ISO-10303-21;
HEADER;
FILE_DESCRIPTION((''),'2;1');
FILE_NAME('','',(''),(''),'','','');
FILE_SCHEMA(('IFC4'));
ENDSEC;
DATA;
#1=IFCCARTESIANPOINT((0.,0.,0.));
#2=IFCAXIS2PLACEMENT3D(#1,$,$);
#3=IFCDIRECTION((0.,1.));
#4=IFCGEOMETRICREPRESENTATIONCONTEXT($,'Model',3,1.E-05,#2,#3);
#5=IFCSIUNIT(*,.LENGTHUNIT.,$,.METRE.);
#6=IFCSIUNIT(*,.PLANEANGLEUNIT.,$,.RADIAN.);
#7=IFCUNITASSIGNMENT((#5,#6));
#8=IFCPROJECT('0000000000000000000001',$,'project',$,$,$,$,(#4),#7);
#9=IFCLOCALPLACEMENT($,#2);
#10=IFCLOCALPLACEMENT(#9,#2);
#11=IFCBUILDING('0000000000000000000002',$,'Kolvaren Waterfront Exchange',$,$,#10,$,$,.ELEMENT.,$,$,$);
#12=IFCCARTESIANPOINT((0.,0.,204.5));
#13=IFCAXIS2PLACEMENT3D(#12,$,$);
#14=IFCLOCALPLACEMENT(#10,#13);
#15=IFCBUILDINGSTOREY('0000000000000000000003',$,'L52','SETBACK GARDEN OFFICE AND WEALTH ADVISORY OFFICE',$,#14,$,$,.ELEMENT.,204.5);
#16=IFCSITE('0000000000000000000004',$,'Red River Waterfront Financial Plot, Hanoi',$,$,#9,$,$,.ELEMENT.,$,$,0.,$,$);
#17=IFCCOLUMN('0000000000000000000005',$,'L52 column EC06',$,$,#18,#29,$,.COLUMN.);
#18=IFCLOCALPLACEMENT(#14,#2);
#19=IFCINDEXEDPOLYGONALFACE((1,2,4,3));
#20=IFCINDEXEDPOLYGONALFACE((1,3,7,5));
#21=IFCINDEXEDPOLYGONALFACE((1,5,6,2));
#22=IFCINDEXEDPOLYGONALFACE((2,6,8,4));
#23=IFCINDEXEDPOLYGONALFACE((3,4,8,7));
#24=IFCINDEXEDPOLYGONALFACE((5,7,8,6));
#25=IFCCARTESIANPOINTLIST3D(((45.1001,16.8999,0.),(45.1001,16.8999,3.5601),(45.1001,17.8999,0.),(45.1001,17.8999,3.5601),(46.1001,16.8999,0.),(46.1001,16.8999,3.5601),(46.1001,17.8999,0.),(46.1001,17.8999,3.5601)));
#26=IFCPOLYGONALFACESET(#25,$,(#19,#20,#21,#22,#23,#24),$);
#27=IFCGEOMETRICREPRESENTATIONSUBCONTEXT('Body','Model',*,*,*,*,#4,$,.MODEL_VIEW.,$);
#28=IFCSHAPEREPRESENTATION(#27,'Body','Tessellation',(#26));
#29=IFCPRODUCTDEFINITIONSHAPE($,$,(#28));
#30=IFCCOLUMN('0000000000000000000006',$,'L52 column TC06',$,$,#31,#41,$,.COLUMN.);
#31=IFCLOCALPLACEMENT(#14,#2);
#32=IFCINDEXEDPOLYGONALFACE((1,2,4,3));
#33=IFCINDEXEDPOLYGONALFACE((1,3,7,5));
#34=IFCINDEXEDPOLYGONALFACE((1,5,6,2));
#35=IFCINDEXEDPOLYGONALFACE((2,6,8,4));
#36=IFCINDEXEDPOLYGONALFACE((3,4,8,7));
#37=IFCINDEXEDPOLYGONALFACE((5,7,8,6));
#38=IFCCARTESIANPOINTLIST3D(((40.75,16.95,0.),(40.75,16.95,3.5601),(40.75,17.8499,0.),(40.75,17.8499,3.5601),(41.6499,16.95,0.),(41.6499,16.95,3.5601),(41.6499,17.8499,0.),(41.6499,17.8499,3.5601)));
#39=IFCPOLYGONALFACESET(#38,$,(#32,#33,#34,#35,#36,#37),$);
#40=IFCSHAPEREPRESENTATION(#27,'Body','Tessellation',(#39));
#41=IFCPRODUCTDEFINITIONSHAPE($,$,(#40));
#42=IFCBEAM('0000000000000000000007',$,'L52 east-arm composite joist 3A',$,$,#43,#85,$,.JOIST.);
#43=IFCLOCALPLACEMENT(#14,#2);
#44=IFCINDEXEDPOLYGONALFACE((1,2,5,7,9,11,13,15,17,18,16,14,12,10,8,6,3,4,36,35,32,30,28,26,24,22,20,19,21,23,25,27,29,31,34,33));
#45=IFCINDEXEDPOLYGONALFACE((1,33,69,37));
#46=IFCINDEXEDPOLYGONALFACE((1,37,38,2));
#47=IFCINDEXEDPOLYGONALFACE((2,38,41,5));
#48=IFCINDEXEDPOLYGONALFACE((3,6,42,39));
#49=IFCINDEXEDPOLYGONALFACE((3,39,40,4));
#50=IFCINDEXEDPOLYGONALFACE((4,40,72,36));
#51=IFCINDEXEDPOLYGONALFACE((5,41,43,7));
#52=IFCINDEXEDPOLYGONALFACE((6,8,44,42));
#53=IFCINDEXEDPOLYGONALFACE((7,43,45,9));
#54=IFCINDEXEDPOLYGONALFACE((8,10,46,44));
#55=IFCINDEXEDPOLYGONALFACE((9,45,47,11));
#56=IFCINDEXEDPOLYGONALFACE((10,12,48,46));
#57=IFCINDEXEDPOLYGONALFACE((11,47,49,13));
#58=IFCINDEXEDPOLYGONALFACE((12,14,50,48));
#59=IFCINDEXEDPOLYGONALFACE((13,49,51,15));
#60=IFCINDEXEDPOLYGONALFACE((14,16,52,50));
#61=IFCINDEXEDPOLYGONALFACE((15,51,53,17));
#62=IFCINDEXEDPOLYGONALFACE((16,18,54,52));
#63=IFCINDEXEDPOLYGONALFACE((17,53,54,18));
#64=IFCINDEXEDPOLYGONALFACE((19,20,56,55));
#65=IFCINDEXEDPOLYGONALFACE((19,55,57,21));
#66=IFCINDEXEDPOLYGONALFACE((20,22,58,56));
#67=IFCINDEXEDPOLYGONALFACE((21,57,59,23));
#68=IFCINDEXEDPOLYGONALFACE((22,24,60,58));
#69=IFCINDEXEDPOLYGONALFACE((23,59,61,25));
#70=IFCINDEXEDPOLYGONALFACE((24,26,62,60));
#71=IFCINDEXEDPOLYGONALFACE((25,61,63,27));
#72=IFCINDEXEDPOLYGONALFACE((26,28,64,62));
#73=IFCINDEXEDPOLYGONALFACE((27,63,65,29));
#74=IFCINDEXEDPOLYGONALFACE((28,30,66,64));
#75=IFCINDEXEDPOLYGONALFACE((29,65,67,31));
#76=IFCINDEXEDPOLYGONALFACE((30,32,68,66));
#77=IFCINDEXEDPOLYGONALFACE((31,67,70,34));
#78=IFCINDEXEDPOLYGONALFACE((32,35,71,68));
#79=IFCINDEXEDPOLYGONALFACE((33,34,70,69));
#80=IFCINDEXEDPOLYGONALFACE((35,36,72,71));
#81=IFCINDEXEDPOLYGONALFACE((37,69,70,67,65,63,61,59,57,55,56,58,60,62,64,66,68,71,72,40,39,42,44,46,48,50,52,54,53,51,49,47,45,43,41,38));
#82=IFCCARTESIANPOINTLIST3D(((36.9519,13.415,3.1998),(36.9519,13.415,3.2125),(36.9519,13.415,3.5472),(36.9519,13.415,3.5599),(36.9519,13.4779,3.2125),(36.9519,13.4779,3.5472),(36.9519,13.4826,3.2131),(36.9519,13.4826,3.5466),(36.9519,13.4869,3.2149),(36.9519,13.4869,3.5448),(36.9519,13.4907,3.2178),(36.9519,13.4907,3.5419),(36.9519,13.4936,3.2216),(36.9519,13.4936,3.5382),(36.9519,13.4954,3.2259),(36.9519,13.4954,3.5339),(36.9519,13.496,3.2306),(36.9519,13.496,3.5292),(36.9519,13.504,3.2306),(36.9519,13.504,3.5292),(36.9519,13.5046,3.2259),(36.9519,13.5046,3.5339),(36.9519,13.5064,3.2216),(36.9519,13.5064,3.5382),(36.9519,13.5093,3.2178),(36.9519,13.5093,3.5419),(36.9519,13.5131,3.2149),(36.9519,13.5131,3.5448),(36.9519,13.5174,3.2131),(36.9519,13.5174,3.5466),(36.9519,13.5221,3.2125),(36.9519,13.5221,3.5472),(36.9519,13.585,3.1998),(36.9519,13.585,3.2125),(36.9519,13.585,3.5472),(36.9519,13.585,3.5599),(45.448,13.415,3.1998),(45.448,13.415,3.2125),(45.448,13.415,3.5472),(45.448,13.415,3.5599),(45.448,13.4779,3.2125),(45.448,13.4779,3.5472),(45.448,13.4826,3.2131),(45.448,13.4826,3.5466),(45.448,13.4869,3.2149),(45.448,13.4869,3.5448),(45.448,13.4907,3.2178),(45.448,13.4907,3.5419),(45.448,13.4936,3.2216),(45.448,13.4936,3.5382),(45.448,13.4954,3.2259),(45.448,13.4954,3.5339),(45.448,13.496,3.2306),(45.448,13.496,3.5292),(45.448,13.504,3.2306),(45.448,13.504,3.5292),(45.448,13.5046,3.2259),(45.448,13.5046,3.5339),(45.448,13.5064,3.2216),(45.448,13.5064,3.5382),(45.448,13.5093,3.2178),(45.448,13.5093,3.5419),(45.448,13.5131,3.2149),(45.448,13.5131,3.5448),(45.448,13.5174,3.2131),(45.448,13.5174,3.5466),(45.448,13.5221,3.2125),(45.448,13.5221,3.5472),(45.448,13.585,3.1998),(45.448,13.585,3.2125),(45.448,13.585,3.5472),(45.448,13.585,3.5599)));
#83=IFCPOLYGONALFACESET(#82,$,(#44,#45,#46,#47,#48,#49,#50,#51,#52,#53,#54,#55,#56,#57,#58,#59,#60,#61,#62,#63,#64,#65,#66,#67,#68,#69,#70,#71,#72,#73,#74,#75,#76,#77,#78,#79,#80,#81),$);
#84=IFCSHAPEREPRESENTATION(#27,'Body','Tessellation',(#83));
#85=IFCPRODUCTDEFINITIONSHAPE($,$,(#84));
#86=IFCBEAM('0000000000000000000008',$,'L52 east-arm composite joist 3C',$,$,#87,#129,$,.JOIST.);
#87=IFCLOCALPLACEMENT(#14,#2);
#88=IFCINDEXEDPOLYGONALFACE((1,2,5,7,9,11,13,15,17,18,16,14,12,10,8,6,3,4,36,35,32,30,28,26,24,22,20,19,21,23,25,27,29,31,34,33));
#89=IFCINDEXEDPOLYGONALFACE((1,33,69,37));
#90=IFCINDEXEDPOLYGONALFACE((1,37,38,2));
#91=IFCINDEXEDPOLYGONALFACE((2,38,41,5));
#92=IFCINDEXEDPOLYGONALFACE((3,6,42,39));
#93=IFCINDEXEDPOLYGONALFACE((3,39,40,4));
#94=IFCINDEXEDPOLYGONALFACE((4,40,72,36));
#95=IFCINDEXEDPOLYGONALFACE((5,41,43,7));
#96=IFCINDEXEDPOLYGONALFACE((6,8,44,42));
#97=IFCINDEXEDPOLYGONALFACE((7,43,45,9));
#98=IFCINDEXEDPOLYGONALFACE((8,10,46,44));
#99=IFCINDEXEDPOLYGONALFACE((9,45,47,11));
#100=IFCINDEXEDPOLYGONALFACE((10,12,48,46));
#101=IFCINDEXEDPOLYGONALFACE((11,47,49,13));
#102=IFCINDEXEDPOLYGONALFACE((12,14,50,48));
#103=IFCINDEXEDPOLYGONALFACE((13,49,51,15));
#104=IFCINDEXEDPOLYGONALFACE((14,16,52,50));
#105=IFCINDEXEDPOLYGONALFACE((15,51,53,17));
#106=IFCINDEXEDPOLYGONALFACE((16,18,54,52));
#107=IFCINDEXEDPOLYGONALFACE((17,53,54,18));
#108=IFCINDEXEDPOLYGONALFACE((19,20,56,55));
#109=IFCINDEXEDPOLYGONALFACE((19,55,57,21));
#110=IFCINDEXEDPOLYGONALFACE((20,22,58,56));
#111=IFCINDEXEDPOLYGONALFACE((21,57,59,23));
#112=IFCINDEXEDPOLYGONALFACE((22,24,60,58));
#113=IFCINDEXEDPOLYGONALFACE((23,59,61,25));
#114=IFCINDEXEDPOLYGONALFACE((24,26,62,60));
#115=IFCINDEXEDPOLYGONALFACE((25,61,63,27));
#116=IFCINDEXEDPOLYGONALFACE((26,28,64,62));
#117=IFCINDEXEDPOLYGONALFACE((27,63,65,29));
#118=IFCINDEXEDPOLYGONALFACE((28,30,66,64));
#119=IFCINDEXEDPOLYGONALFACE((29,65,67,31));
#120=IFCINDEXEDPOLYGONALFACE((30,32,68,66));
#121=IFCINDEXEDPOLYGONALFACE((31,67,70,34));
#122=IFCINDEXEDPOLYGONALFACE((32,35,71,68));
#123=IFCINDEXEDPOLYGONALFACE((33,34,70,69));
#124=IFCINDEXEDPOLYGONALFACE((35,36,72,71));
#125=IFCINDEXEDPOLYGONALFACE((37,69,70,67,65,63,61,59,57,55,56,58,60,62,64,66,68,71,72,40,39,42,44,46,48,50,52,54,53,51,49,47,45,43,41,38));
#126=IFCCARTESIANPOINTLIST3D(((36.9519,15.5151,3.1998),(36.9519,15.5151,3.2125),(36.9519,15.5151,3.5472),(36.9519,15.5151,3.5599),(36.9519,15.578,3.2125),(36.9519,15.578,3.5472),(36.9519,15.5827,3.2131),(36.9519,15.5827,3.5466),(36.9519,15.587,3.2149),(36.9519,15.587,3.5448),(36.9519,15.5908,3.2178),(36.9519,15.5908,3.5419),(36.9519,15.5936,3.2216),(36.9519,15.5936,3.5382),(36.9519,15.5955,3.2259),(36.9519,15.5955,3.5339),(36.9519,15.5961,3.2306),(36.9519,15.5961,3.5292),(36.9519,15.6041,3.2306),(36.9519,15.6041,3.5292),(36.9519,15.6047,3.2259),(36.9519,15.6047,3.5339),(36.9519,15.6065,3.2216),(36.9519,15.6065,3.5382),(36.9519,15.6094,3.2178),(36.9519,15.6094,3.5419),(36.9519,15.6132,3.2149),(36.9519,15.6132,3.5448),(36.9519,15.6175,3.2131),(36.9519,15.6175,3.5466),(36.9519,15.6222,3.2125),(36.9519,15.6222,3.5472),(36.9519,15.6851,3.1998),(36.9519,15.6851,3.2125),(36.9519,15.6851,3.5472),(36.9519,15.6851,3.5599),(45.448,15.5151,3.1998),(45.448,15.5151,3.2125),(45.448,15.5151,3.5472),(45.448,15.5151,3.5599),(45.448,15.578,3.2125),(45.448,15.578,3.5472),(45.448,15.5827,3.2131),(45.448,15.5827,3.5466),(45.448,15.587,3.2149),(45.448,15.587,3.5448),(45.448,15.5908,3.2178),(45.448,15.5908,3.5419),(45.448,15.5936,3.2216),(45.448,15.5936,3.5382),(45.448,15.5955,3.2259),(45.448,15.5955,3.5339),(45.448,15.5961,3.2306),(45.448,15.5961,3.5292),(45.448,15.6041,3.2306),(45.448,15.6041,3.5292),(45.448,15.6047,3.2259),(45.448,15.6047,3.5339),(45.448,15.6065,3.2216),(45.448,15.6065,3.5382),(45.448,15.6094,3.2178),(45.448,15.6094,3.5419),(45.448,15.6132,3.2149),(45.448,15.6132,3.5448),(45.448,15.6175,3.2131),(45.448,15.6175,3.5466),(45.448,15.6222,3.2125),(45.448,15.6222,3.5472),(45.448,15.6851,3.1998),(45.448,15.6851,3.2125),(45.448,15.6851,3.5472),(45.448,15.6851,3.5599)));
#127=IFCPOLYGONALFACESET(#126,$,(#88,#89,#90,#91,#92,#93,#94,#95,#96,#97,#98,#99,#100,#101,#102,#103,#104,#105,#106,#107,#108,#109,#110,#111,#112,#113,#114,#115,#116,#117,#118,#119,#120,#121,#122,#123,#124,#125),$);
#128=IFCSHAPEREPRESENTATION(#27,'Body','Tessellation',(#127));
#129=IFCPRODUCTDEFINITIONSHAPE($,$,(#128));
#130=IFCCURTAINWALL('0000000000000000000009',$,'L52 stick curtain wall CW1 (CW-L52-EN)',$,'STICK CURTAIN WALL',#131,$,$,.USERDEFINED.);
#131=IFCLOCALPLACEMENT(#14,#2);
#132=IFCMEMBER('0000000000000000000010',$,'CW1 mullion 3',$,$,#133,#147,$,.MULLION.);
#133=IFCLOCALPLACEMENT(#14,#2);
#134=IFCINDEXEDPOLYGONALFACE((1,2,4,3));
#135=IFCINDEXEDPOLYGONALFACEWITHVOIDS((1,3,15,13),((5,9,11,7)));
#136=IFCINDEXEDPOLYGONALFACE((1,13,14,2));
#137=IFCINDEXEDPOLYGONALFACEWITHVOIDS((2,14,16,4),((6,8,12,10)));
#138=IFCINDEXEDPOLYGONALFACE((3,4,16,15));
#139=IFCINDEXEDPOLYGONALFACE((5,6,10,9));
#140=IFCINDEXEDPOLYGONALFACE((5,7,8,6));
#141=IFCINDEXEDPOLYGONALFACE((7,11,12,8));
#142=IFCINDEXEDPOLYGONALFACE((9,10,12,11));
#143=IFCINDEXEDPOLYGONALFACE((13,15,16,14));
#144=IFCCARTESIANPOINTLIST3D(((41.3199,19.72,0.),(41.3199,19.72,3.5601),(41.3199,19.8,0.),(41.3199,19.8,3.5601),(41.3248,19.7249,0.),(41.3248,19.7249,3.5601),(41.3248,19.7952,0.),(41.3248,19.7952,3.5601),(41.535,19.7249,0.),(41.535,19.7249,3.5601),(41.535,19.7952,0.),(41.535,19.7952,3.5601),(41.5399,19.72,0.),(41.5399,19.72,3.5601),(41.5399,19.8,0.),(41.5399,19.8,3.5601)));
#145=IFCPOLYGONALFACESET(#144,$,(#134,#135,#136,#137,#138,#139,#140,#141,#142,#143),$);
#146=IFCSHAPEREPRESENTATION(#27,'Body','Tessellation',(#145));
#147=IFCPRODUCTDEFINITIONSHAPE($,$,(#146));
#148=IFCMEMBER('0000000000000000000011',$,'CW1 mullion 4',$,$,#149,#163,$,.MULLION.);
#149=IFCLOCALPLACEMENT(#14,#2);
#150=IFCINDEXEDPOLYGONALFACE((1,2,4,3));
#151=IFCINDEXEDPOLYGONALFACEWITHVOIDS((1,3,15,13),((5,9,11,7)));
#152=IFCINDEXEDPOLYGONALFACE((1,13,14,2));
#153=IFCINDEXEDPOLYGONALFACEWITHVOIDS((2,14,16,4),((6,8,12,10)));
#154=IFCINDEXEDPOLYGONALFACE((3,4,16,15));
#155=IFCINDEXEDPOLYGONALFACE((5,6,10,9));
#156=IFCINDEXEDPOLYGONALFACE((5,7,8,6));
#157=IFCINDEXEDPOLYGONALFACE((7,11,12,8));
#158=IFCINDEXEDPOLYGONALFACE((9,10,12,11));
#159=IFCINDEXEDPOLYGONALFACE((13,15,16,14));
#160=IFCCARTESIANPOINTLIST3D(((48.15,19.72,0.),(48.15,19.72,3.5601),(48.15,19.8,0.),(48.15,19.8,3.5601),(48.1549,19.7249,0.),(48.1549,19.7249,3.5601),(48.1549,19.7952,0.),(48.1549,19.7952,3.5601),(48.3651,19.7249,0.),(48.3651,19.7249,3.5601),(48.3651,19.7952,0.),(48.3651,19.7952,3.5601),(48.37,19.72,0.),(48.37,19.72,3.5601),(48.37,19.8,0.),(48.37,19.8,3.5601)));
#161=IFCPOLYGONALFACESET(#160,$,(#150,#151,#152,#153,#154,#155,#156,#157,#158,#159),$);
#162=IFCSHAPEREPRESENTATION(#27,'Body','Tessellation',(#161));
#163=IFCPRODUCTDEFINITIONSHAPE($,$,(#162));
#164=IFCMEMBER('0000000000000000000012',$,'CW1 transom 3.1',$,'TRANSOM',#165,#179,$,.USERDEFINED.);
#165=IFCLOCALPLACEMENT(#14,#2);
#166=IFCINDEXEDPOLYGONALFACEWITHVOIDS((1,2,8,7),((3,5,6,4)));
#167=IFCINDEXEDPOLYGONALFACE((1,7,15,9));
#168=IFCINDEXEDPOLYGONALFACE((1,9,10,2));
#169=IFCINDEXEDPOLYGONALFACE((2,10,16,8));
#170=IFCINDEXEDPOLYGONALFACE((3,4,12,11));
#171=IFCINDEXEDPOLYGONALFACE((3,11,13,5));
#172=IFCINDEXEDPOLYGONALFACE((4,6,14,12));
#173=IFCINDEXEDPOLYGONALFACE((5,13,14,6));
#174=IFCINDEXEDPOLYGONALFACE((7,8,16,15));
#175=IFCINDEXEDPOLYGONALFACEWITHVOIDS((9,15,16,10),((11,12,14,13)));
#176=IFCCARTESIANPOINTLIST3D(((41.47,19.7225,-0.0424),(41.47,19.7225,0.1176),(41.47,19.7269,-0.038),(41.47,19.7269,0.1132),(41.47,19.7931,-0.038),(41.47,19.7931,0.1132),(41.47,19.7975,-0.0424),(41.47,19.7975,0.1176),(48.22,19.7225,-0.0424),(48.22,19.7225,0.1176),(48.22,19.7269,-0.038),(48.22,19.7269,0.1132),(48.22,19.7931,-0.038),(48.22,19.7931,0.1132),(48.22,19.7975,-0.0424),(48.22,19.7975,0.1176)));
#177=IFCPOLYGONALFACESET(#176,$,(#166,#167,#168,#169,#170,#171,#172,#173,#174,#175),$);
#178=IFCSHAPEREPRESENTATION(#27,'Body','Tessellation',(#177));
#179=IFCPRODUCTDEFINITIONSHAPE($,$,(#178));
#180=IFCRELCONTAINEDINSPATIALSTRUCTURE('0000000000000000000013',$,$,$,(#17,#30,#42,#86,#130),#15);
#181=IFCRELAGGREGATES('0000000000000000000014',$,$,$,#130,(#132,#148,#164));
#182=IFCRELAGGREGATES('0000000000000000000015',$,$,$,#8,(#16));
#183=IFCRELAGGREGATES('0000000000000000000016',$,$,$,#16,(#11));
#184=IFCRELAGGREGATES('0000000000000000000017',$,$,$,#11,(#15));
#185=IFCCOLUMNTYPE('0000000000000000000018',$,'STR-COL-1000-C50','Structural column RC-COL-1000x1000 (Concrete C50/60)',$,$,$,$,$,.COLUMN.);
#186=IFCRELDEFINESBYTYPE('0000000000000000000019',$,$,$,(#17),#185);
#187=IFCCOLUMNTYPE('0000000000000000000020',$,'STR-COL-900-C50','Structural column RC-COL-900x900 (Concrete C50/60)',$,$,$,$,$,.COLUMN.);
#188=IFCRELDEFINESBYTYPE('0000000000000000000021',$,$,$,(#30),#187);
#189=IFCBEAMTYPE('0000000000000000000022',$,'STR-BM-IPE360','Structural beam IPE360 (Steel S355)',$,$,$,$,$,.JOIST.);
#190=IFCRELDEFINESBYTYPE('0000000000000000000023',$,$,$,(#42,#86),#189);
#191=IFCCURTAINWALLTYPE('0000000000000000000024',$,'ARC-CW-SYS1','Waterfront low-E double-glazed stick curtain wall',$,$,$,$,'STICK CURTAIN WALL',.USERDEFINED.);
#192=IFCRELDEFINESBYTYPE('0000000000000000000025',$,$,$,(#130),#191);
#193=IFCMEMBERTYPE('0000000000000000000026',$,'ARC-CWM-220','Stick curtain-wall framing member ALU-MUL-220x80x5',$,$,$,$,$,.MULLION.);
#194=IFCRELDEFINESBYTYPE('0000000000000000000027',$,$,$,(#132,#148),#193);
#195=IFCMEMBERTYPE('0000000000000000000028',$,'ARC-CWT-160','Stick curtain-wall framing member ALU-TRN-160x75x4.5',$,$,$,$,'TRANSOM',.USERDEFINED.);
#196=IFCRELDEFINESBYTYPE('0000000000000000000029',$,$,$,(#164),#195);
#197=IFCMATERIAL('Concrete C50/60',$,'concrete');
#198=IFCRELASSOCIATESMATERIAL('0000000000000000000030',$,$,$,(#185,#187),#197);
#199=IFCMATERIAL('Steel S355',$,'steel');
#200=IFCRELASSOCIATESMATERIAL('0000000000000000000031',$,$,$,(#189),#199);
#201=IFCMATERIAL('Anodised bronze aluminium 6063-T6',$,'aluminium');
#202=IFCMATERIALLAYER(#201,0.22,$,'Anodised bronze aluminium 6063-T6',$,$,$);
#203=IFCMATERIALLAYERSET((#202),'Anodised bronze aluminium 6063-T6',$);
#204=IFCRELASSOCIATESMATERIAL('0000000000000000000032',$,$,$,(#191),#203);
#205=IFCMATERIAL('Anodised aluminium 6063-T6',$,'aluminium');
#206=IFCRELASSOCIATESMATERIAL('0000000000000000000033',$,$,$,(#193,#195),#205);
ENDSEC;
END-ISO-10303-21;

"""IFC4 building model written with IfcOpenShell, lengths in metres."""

from ifc_helpers import new_model, si_unit, direction, frame, origin, origin_with_axes, origin_2d, place, context, subcontext, project, spatial, rectangle, hollow_rectangle, i_section, extrude, source, transform, mapped, material, layer, layer_set, material_profile, profile_set, type_object, element, aggregate, save


model = new_model("IFC4")

# Units and contexts
model_context = context("Model", 3, precision=1e-05, world=origin(), true_north=direction((0.0, 1.0)))
body_context = subcontext(model_context, "Body", "Model", "MODEL_VIEW")
ifc_project = project(units=[si_unit("LENGTHUNIT", "METRE"), si_unit("PLANEANGLEUNIT", "RADIAN")], contexts=[model_context])

# Site, building, storey
site_placement = place(None, origin())
site = spatial("IfcSite", under=ifc_project, at=site_placement, Name="Red River Waterfront Financial Plot, Hanoi", CompositionType="ELEMENT", RefElevation=0.0)
building_placement = place(site_placement, origin())
building = spatial("IfcBuilding", under=site, at=building_placement, Name="Kolvaren Waterfront Exchange", CompositionType="ELEMENT")
storey_placement = place(building_placement, frame((0.0, 0.0, 204.5)))
storey = spatial("IfcBuildingStorey", under=building, at=storey_placement, Name="L52", Description="SETBACK GARDEN OFFICE AND WEALTH ADVISORY OFFICE", CompositionType="ELEMENT", Elevation=204.5)

# Columns
ifc_material_1 = material(Name="Concrete C50/60", Category="concrete")
ifc_material_profile_1 = material_profile(ifc_material_1, rectangle(XDim=1.0, YDim=1.0, at=origin_2d()), Name="RC-COL-1000x1000")
ifc_profile_set_1 = profile_set([ifc_material_profile_1], Name="Concrete C50/60")
column_type_1 = type_object("IfcColumnType", Name="STR-COL-1000-C50", Description="Structural column RC-COL-1000x1000 (Concrete C50/60)", PredefinedType="COLUMN", material=ifc_profile_set_1)
column_1_placement = place(storey_placement, frame((45.6001, 17.3999, 0.0), z_axis=(0.0, 0.0, 1.0), x_axis=(1.0, 0.0, 0.0)))
element("IfcColumn", 1, at=column_1_placement, inside=storey, type_object=column_type_1, Name="L52 column EC06", PredefinedType="COLUMN", context=body_context, shape_type="SweptSolid", body=[
    extrude(rectangle(XDim=1.0, YDim=1.0, at=origin_2d()), origin(), (0.0, 0.0, 1.0), 3.5601),
])
ifc_material_profile_2 = material_profile(ifc_material_1, rectangle(XDim=0.8999, YDim=0.8999, at=origin_2d()), Name="RC-COL-900x900")
ifc_profile_set_2 = profile_set([ifc_material_profile_2], Name="Concrete C50/60")
column_type_2 = type_object("IfcColumnType", Name="STR-COL-900-C50", Description="Structural column RC-COL-900x900 (Concrete C50/60)", PredefinedType="COLUMN", material=ifc_profile_set_2)
column_2_placement = place(storey_placement, frame((41.2, 17.3999, 0.0), z_axis=(0.0, 0.0, 1.0), x_axis=(1.0, 0.0, 0.0)))
element("IfcColumn", 2, at=column_2_placement, inside=storey, type_object=column_type_2, Name="L52 column TC06", PredefinedType="COLUMN", context=body_context, shape_type="SweptSolid", body=[
    extrude(rectangle(XDim=0.8999, YDim=0.8999, at=origin_2d()), origin(), (0.0, 0.0, 1.0), 3.5601),
])

# Beams
ifc_material_2 = material(Name="Steel S355", Category="steel")
ifc_material_profile_3 = material_profile(ifc_material_2, i_section(OverallWidth=0.1699, OverallDepth=0.3601, WebThickness=0.0081, FlangeThickness=0.0127, FilletRadius=0.0181, at=origin_2d()), Name="IPE360")
ifc_profile_set_3 = profile_set([ifc_material_profile_3], Name="Steel S355")
beam_type = type_object("IfcBeamType", Name="STR-BM-IPE360", Description="Structural beam IPE360 (Steel S355)", PredefinedType="JOIST", material=ifc_profile_set_3)
for number, where, z_axis, x_axis, name in (
    (3, (36.9519, 13.5, 3.3799), (1.0, 0.0, 0.0), (0.0, 1.0, 0.0), "L52 east-arm composite joist 3A"),
    (4, (36.9519, 15.6001, 3.3799), (1.0, 0.0, 0.0), (0.0, 1.0, 0.0), "L52 east-arm composite joist 3C"),
):
    element("IfcBeam", number, at=place(storey_placement, frame(where, z_axis=z_axis, x_axis=x_axis)), inside=storey, type_object=beam_type, Name=name, PredefinedType="JOIST", context=body_context, shape_type="SweptSolid", body=[
        extrude(i_section(OverallWidth=0.1699, OverallDepth=0.3601, WebThickness=0.0081, FlangeThickness=0.0127, FilletRadius=0.0181, at=origin_2d()), origin(), (0.0, 0.0, 1.0), 8.4961),
    ])

# Curtain wall, members
ifc_material_3 = material(Name="Anodised bronze aluminium 6063-T6", Category="aluminium")
ifc_layer_1 = layer(ifc_material_3, 0.22, Name="Anodised bronze aluminium 6063-T6")
ifc_layer_set_1 = layer_set([ifc_layer_1], Name="Anodised bronze aluminium 6063-T6")
curtain_wall_type = type_object("IfcCurtainWallType", Name="ARC-CW-SYS1", Description="Waterfront low-E double-glazed stick curtain wall", ElementType="STICK CURTAIN WALL", PredefinedType="USERDEFINED", material=ifc_layer_set_1)
curtain_wall_placement = place(storey_placement, origin())
curtain_wall = element("IfcCurtainWall", 5, at=curtain_wall_placement, inside=storey, type_object=curtain_wall_type, Name="L52 stick curtain wall CW1 (CW-L52-EN)", ObjectType="STICK CURTAIN WALL", PredefinedType="USERDEFINED")
ifc_material_4 = material(Name="Anodised aluminium 6063-T6", Category="aluminium")
ifc_material_profile_4 = material_profile(ifc_material_4, hollow_rectangle(XDim=0.0801, YDim=0.22, WallThickness=0.0049, at=origin_2d()), Name="ALU-MUL-220x80x5")
ifc_profile_set_4 = profile_set([ifc_material_profile_4], Name="Anodised aluminium 6063-T6")
member_type_1 = type_object("IfcMemberType", Name="ARC-CWM-220", Description="Stick curtain-wall framing member ALU-MUL-220x80x5", PredefinedType="MULLION", material=ifc_profile_set_4)
shared_shape_1 = source(origin_with_axes(), body_context, "Body", "SweptSolid", [
    extrude(hollow_rectangle(XDim=0.0801, YDim=0.22, WallThickness=0.0049, at=origin_2d()), origin(), (0.0, 0.0, 1.0), 3.5601),
])
member_1_placement = place(storey_placement, frame((41.4299, 19.76, 0.0), z_axis=(0.0, 0.0, 1.0), x_axis=(0.0, 1.0, 0.0)))
member_1 = element("IfcMember", 6, at=member_1_placement, type_object=member_type_1, Name="CW1 mullion 3", PredefinedType="MULLION", context=body_context, shape_type="MappedRepresentation", body=[
    mapped(shared_shape_1, transform((0.0, 0.0, 0.0), x_axis=(1.0, 0.0, 0.0), y_axis=(0.0, 1.0, 0.0), z_axis=(0.0, 0.0, 1.0), scale=1.0)),
])
member_2_placement = place(storey_placement, frame((48.26, 19.76, 0.0), z_axis=(0.0, 0.0, 1.0), x_axis=(0.0, 1.0, 0.0)))
member_2 = element("IfcMember", 7, at=member_2_placement, type_object=member_type_1, Name="CW1 mullion 4", PredefinedType="MULLION", context=body_context, shape_type="MappedRepresentation", body=[
    mapped(shared_shape_1, transform((0.0, 0.0, 0.0), x_axis=(1.0, 0.0, 0.0), y_axis=(0.0, 1.0, 0.0), z_axis=(0.0, 0.0, 1.0), scale=1.0)),
])
ifc_material_profile_5 = material_profile(ifc_material_4, hollow_rectangle(XDim=0.075, YDim=0.1599, WallThickness=0.0044, at=origin_2d()), Name="ALU-TRN-160x75x4.5")
ifc_profile_set_5 = profile_set([ifc_material_profile_5], Name="Anodised aluminium 6063-T6")
member_type_2 = type_object("IfcMemberType", Name="ARC-CWT-160", Description="Stick curtain-wall framing member ALU-TRN-160x75x4.5", ElementType="TRANSOM", PredefinedType="USERDEFINED", material=ifc_profile_set_5)
shared_shape_2 = source(origin_with_axes(), body_context, "Body", "SweptSolid", [
    extrude(hollow_rectangle(XDim=0.075, YDim=0.1599, WallThickness=0.0044, at=origin_2d()), origin(), (0.0, 0.0, 1.0), 6.75),
])
member_3_placement = place(storey_placement, frame((41.47, 19.76, 0.0376), z_axis=(1.0, 0.0, 0.0), x_axis=(0.0, 1.0, 0.0)))
member_3 = element("IfcMember", 8, at=member_3_placement, type_object=member_type_2, Name="CW1 transom 3.1", ObjectType="TRANSOM", PredefinedType="USERDEFINED", context=body_context, shape_type="MappedRepresentation", body=[
    mapped(shared_shape_2, transform((0.0, 0.0, 0.0), x_axis=(1.0, 0.0, 0.0), y_axis=(0.0, 1.0, 0.0), z_axis=(0.0, 0.0, 1.0), scale=1.0)),
])
aggregate(curtain_wall, [member_1, member_2, member_3])

save(model, "model.ifc")
